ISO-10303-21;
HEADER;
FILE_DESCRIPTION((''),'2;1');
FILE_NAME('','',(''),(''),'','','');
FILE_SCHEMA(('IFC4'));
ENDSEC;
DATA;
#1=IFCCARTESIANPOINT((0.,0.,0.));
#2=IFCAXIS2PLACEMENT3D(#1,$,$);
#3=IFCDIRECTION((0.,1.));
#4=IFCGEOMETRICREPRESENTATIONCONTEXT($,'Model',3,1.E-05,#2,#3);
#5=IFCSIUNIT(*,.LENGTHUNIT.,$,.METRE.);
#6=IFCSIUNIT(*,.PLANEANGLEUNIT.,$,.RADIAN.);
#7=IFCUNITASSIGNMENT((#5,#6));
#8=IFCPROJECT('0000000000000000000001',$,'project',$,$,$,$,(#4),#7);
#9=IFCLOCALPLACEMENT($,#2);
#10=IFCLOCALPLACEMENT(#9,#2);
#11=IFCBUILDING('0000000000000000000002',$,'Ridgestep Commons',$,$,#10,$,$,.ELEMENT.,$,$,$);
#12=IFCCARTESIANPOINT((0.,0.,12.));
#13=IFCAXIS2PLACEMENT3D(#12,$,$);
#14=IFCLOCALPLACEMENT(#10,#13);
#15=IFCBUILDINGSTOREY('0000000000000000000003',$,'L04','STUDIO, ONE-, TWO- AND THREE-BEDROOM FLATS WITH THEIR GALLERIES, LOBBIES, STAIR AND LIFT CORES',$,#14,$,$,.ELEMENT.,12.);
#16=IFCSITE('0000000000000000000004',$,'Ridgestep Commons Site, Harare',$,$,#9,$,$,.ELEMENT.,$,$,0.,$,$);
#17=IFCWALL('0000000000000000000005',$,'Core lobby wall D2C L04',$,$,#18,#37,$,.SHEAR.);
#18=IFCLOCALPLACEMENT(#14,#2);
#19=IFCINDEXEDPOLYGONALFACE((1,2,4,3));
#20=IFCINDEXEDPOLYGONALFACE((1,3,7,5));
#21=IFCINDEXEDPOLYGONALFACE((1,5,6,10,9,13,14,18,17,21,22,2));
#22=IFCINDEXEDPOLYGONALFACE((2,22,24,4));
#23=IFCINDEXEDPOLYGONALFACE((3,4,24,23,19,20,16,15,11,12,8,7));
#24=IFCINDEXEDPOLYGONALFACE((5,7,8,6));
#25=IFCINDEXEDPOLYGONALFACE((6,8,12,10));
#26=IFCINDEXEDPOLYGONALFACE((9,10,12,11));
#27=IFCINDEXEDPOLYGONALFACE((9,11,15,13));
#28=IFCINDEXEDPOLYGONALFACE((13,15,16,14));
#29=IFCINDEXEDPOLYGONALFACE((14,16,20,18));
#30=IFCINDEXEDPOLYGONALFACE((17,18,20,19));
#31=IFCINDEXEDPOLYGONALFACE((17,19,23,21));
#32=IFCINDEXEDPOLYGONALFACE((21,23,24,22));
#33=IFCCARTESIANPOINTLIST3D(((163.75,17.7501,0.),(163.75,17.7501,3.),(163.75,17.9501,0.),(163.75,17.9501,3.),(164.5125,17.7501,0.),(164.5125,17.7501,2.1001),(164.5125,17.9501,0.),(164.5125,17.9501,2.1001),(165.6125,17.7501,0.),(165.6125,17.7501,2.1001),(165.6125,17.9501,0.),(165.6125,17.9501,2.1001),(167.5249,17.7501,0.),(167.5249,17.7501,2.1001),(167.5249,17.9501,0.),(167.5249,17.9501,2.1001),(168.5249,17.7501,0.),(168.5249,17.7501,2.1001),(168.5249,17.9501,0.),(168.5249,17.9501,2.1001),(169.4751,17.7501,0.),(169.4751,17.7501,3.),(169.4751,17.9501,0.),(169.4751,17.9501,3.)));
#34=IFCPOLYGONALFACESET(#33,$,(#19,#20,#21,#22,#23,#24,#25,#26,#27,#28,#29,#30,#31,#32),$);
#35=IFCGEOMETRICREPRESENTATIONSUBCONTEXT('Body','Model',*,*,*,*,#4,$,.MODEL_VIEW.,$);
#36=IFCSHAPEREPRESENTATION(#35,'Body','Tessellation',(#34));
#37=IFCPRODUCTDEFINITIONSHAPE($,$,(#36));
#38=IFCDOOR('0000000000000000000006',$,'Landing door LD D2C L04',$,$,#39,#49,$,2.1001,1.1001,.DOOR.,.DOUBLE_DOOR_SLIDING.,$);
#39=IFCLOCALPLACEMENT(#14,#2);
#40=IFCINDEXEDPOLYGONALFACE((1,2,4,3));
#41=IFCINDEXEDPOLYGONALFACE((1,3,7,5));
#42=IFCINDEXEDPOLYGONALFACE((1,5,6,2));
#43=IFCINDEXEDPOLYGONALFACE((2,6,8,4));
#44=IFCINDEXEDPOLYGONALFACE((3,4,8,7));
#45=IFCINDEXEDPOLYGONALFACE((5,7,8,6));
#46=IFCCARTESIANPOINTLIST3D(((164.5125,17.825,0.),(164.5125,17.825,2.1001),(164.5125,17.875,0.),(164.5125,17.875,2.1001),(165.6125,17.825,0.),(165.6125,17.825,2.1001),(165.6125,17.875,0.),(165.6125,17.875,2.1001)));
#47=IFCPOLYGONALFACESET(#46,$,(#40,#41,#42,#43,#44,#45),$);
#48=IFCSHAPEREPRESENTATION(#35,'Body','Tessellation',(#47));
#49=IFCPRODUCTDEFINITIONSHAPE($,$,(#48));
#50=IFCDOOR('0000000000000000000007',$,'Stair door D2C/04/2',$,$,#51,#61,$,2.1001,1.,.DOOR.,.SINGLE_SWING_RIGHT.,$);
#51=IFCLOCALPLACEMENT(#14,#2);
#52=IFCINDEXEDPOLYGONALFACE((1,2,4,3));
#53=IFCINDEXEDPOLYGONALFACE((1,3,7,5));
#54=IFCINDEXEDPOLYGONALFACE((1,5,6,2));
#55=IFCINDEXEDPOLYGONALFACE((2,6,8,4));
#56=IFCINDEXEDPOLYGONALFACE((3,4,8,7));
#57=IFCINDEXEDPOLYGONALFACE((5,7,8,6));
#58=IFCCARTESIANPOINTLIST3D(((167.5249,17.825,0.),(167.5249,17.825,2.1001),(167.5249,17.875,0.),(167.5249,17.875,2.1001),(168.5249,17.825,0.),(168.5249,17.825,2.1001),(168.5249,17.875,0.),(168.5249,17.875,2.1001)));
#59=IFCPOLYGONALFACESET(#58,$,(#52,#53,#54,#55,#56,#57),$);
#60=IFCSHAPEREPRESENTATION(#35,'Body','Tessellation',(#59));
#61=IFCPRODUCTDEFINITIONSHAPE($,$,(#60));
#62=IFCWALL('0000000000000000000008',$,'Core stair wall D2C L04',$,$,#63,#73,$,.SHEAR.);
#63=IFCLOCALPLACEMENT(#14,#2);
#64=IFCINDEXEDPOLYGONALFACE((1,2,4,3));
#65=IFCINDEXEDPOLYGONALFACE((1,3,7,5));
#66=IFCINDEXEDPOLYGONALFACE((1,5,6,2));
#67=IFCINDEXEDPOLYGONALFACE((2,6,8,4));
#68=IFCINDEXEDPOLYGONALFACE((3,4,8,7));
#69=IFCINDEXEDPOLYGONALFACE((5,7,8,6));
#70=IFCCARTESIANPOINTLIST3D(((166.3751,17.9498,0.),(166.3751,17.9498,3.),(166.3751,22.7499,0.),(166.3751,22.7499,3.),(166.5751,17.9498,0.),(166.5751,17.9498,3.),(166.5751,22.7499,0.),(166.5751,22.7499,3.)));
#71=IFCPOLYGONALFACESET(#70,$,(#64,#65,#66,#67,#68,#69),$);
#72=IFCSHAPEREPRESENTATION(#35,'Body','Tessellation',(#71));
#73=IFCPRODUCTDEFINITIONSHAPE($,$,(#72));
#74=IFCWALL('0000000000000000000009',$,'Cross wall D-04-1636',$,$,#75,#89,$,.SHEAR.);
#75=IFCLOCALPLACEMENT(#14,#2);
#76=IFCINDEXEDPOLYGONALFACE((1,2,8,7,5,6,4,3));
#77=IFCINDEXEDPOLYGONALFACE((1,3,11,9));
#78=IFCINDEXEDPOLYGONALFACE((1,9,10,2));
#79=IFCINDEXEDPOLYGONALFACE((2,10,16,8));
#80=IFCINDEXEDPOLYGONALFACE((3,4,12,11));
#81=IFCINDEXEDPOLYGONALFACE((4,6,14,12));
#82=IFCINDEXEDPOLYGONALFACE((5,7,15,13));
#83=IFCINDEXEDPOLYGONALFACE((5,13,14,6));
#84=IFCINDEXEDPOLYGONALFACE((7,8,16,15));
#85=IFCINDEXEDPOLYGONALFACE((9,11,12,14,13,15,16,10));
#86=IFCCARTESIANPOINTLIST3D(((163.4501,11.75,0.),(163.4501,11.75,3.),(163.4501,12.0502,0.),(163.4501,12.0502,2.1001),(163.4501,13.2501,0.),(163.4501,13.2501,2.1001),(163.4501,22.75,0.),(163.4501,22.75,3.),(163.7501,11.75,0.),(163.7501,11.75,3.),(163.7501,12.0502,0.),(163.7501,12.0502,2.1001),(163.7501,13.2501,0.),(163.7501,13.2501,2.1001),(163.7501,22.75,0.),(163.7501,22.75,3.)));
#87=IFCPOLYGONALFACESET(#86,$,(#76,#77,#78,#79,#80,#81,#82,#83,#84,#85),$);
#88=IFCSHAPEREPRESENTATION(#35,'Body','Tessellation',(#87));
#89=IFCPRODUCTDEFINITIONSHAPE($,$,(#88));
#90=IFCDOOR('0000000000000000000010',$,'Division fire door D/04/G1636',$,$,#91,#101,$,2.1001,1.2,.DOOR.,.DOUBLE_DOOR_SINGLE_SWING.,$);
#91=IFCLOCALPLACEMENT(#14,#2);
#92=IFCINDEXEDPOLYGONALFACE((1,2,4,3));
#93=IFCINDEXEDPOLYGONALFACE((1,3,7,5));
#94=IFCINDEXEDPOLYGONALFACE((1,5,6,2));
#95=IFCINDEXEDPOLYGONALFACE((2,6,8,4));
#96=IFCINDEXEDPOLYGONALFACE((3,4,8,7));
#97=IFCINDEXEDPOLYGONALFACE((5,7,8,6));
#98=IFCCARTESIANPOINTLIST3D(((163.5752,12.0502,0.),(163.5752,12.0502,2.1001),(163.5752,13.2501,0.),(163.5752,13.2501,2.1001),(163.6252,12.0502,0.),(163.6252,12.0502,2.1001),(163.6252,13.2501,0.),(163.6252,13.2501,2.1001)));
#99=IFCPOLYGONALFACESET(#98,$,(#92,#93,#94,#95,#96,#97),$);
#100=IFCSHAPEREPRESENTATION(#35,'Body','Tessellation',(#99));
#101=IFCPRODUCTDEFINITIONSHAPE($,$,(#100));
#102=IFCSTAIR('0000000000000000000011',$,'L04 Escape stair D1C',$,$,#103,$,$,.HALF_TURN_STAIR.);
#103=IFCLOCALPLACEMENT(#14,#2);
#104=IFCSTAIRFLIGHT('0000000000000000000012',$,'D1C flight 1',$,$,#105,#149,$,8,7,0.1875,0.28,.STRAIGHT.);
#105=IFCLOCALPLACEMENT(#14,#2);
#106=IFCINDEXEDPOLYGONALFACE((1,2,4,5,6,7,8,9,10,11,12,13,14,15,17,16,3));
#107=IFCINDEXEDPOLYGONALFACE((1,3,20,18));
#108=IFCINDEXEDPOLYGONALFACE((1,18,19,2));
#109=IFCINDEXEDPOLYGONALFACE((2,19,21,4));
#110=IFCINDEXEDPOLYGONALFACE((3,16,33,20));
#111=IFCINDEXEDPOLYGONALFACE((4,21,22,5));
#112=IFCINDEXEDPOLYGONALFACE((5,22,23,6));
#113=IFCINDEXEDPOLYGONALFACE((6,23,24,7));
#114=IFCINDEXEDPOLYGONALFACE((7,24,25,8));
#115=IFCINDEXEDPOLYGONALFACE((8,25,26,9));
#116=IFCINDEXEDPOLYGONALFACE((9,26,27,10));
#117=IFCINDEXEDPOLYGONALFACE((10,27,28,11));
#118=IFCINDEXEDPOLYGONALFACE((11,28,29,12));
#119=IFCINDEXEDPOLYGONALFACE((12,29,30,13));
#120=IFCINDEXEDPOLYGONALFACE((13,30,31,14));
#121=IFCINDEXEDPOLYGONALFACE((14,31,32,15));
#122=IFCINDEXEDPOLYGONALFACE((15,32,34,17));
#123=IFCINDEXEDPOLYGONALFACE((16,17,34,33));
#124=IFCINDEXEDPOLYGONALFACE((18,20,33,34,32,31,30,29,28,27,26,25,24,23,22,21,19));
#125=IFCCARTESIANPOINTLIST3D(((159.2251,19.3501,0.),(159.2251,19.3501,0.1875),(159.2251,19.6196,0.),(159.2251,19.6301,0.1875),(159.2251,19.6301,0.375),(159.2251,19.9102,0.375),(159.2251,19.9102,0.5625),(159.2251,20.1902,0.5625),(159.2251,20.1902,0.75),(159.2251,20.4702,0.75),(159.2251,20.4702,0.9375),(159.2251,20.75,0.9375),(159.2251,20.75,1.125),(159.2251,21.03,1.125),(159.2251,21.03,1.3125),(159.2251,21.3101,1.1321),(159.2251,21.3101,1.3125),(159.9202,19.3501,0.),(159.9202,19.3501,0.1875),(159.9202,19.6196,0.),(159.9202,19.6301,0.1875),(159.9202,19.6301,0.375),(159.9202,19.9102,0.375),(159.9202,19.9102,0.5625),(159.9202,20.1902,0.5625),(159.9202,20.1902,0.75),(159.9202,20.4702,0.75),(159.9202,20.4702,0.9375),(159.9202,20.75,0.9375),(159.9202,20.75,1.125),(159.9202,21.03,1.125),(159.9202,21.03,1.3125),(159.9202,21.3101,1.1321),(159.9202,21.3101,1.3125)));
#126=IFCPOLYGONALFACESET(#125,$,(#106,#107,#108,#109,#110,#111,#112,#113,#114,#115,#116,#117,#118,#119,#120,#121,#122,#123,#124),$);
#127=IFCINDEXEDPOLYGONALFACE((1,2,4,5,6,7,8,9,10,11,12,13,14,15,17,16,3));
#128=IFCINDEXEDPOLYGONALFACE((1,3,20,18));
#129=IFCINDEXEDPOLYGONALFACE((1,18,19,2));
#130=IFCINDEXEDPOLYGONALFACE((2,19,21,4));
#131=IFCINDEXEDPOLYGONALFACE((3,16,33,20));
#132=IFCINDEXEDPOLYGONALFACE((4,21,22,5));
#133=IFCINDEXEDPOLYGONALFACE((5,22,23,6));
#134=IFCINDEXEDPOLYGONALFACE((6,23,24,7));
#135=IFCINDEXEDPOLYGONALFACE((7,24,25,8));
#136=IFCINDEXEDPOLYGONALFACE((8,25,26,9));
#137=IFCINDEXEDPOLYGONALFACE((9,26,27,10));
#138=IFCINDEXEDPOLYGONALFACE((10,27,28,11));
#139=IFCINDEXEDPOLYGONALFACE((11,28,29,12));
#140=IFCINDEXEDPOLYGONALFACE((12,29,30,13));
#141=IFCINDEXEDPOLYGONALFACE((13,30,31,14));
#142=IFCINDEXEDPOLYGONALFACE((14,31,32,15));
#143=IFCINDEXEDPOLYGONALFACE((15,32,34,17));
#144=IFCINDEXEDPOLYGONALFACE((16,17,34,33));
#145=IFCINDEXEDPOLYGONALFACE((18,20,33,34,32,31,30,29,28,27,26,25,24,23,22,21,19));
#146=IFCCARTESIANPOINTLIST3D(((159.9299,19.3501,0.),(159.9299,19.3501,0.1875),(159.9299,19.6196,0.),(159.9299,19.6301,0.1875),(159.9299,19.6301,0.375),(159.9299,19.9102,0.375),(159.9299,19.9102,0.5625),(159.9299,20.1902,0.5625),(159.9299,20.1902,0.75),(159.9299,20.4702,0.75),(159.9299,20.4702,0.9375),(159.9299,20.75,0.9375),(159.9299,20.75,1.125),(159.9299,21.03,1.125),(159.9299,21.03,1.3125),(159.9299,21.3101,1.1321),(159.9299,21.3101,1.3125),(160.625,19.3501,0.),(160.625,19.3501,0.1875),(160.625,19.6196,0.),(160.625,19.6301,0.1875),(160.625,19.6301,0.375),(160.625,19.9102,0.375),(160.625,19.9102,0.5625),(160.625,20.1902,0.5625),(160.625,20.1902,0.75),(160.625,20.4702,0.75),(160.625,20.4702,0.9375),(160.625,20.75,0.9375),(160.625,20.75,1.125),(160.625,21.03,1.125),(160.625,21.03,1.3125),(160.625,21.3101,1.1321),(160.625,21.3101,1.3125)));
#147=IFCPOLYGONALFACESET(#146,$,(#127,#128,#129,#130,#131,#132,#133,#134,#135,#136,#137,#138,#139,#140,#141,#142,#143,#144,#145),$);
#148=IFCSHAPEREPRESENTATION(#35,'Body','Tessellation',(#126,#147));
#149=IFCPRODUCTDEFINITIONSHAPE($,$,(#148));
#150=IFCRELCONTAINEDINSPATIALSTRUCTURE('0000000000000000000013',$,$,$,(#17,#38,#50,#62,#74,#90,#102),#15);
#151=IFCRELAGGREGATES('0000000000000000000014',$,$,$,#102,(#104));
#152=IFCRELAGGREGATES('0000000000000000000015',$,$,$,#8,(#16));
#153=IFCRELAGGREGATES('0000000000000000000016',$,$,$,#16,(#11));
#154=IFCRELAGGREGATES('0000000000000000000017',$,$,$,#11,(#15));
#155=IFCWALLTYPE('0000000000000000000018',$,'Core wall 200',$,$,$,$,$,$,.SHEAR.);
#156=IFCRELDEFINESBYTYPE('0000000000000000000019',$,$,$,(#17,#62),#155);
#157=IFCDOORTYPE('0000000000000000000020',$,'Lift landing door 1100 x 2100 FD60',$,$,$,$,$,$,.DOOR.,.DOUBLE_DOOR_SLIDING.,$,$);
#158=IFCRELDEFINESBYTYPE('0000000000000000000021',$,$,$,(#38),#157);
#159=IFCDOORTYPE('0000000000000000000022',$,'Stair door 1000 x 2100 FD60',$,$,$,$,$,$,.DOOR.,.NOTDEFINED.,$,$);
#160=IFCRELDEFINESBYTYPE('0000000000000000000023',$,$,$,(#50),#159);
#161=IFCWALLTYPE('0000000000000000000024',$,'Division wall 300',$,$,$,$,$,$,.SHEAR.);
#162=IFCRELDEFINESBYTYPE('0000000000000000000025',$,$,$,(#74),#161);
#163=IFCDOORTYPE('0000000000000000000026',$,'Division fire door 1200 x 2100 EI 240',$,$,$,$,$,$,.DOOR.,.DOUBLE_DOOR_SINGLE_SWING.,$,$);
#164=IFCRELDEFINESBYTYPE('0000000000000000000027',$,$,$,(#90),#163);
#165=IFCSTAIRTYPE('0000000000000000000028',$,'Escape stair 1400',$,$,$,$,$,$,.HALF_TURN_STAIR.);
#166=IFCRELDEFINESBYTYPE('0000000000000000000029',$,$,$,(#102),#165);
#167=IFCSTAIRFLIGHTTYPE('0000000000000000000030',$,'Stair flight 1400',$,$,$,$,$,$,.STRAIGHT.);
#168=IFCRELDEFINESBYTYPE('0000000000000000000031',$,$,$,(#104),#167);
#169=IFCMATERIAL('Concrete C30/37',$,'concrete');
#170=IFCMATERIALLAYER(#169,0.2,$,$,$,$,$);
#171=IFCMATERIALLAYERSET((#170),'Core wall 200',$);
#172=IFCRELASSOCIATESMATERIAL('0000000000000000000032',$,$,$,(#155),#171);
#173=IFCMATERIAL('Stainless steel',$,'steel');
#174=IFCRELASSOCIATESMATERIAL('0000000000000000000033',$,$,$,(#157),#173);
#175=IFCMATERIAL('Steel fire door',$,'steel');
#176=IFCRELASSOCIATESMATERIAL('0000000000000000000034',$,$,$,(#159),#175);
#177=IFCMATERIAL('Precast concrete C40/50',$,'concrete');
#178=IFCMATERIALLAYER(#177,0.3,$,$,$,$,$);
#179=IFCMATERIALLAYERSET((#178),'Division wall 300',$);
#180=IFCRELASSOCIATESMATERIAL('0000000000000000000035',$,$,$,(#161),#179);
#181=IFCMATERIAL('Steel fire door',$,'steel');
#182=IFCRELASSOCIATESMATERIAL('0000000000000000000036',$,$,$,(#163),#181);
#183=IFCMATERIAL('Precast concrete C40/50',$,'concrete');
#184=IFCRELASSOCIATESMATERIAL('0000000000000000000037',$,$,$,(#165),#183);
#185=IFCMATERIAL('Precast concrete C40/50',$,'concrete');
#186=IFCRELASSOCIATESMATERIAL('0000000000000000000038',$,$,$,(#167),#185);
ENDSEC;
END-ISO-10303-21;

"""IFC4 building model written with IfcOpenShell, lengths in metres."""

from ifc_helpers import new_model, si_unit, direction, frame, frame_2d, origin, place, context, subcontext, project, spatial, polyline, rectangle, outline, extrude, material, layer, layer_set, type_object, element, fill, aggregate, save


model = new_model("IFC4")

# Units and contexts
model_context = context("Model", 3, precision=1e-05, world=origin(), true_north=direction((0.0, 1.0)))
body_context = subcontext(model_context, "Body", "Model", "MODEL_VIEW")
ifc_project = project(units=[si_unit("LENGTHUNIT", "METRE"), si_unit("PLANEANGLEUNIT", "RADIAN")], contexts=[model_context])

# Site, building, storey
site_placement = place(None, origin())
site = spatial("IfcSite", under=ifc_project, at=site_placement, Name="Ridgestep Commons Site, Harare", CompositionType="ELEMENT", RefElevation=0.0)
building_placement = place(site_placement, origin())
building = spatial("IfcBuilding", under=site, at=building_placement, Name="Ridgestep Commons", CompositionType="ELEMENT")
storey_placement = place(building_placement, frame((0.0, 0.0, 12.0)))
storey = spatial("IfcBuildingStorey", under=building, at=storey_placement, Name="L04", Description="STUDIO, ONE-, TWO- AND THREE-BEDROOM FLATS WITH THEIR GALLERIES, LOBBIES, STAIR AND LIFT CORES", CompositionType="ELEMENT", Elevation=12.0)

# Shared definitions
ifc_material_1 = material(Name="Concrete C30/37", Category="concrete")
ifc_layer_1 = layer(ifc_material_1, 0.2)
ifc_layer_set_1 = layer_set([ifc_layer_1], Name="Core wall 200")
wall_type_1 = type_object("IfcWallType", Name="Core wall 200", PredefinedType="SHEAR", material=ifc_layer_set_1)

# Wall, openings, doors
wall_1_placement = place(storey_placement, frame((163.75, 17.8501, 0.0), z_axis=(0.0, 0.0, 1.0), x_axis=(1.0, 0.0, 0.0)))
wall_1 = element("IfcWall", 1, at=wall_1_placement, inside=storey, type_object=wall_type_1, Name="Core lobby wall D2C L04", PredefinedType="SHEAR", context=body_context, shape_type="SweptSolid", body=[
    extrude(rectangle(XDim=5.7251, YDim=0.2, at=frame_2d((2.8625, 0.0))), origin(), (0.0, 0.0, 1.0), 3.0),
])
opening_1_placement = place(wall_1_placement, frame((3.7749, 0.0, 0.0)))
opening_1 = element("IfcOpeningElement", 2, at=opening_1_placement, cuts=wall_1, PredefinedType="OPENING", context=body_context, shape_type="SweptSolid", body=[
    extrude(rectangle(XDim=1.0, YDim=2.1001, at=frame_2d((0.5, 1.05))), frame((0.0, 0.1099, 0.0), z_axis=(0.0, -1.0, 0.0), x_axis=(1.0, 0.0, 0.0)), (0.0, 0.0, 1.0), 0.22),
])
opening_2_placement = place(wall_1_placement, frame((0.7625, 0.0, 0.0)))
opening_2 = element("IfcOpeningElement", 3, at=opening_2_placement, cuts=wall_1, PredefinedType="OPENING", context=body_context, shape_type="SweptSolid", body=[
    extrude(rectangle(XDim=1.1001, YDim=2.1001, at=frame_2d((0.55, 1.05))), frame((0.0, 0.1099, 0.0), z_axis=(0.0, -1.0, 0.0), x_axis=(1.0, 0.0, 0.0)), (0.0, 0.0, 1.0), 0.22),
])
ifc_material_2 = material(Name="Stainless steel", Category="steel")
door_type_1 = type_object("IfcDoorType", Name="Lift landing door 1100 x 2100 FD60", OperationType="DOUBLE_DOOR_SLIDING", PredefinedType="DOOR", material=ifc_material_2)
door_1_placement = place(opening_2_placement, origin())
door_1 = element("IfcDoor", 4, at=door_1_placement, inside=storey, type_object=door_type_1, Name="Landing door LD D2C L04", OperationType="DOUBLE_DOOR_SLIDING", OverallHeight=2.1001, OverallWidth=1.1001, PredefinedType="DOOR", context=body_context, shape_type="SweptSolid", body=[
    extrude(rectangle(XDim=1.1001, YDim=2.1001, at=frame_2d((0.55, 1.05))), frame((0.0, 0.0249, 0.0), z_axis=(0.0, -1.0, 0.0), x_axis=(1.0, 0.0, 0.0)), (0.0, 0.0, 1.0), 0.05),
])
fill(opening_2, door_1)
ifc_material_3 = material(Name="Steel fire door", Category="steel")
door_type_2 = type_object("IfcDoorType", Name="Stair door 1000 x 2100 FD60", OperationType="NOTDEFINED", PredefinedType="DOOR", material=ifc_material_3)
door_2_placement = place(opening_1_placement, origin())
door_2 = element("IfcDoor", 5, at=door_2_placement, inside=storey, type_object=door_type_2, Name="Stair door D2C/04/2", OperationType="SINGLE_SWING_RIGHT", OverallHeight=2.1001, OverallWidth=1.0, PredefinedType="DOOR", context=body_context, shape_type="SweptSolid", body=[
    extrude(rectangle(XDim=1.0, YDim=2.1001, at=frame_2d((0.5, 1.05))), frame((0.0, 0.0249, 0.0), z_axis=(0.0, -1.0, 0.0), x_axis=(1.0, 0.0, 0.0)), (0.0, 0.0, 1.0), 0.05),
])
fill(opening_1, door_2)

# Wall
wall_2_placement = place(storey_placement, frame((166.4751, 17.95, 0.0), z_axis=(0.0, 0.0, 1.0), x_axis=(0.0, 1.0, 0.0)))
element("IfcWall", 6, at=wall_2_placement, inside=storey, type_object=wall_type_1, Name="Core stair wall D2C L04", PredefinedType="SHEAR", context=body_context, shape_type="SweptSolid", body=[
    extrude(rectangle(XDim=4.8, YDim=0.2, at=frame_2d((2.3999, 0.0))), origin(), (0.0, 0.0, 1.0), 3.0),
])

# Wall, opening, door
ifc_material_4 = material(Name="Precast concrete C40/50", Category="concrete")
ifc_layer_2 = layer(ifc_material_4, 0.3)
ifc_layer_set_2 = layer_set([ifc_layer_2], Name="Division wall 300")
wall_type_2 = type_object("IfcWallType", Name="Division wall 300", PredefinedType="SHEAR", material=ifc_layer_set_2)
wall_3_placement = place(storey_placement, frame((163.6001, 11.75, 0.0), z_axis=(0.0, 0.0, 1.0), x_axis=(0.0, 1.0, 0.0)))
wall_3 = element("IfcWall", 7, at=wall_3_placement, inside=storey, type_object=wall_type_2, Name="Cross wall D-04-1636", PredefinedType="SHEAR", context=body_context, shape_type="SweptSolid", body=[
    extrude(rectangle(XDim=11.0, YDim=0.3, at=frame_2d((5.5, 0.0))), origin(), (0.0, 0.0, 1.0), 3.0),
])
opening_3_placement = place(wall_3_placement, frame((0.3, 0.0, 0.0)))
opening_3 = element("IfcOpeningElement", 8, at=opening_3_placement, cuts=wall_3, PredefinedType="OPENING", context=body_context, shape_type="SweptSolid", body=[
    extrude(rectangle(XDim=1.2, YDim=2.1001, at=frame_2d((0.6001, 1.05))), frame((0.0, 0.1599, 0.0), z_axis=(0.0, -1.0, 0.0), x_axis=(1.0, 0.0, 0.0)), (0.0, 0.0, 1.0), 0.3201),
])
ifc_material_5 = material(Name="Steel fire door", Category="steel")
door_type_3 = type_object("IfcDoorType", Name="Division fire door 1200 x 2100 EI 240", OperationType="DOUBLE_DOOR_SINGLE_SWING", PredefinedType="DOOR", material=ifc_material_5)
door_3_placement = place(opening_3_placement, origin())
door_3 = element("IfcDoor", 9, at=door_3_placement, inside=storey, type_object=door_type_3, Name="Division fire door D/04/G1636", OperationType="DOUBLE_DOOR_SINGLE_SWING", OverallHeight=2.1001, OverallWidth=1.2, PredefinedType="DOOR", context=body_context, shape_type="SweptSolid", body=[
    extrude(rectangle(XDim=1.2, YDim=2.1001, at=frame_2d((0.6001, 1.05))), frame((0.0, 0.0249, 0.0), z_axis=(0.0, -1.0, 0.0), x_axis=(1.0, 0.0, 0.0)), (0.0, 0.0, 1.0), 0.05),
])
fill(opening_3, door_3)

# Stair, stair flight
ifc_material_6 = material(Name="Precast concrete C40/50", Category="concrete")
stair_type = type_object("IfcStairType", Name="Escape stair 1400", PredefinedType="HALF_TURN_STAIR", material=ifc_material_6)
stair_placement = place(storey_placement, origin())
stair = element("IfcStair", 10, at=stair_placement, inside=storey, type_object=stair_type, Name="L04 Escape stair D1C", PredefinedType="HALF_TURN_STAIR")
ifc_material_7 = material(Name="Precast concrete C40/50", Category="concrete")
stair_flight_type = type_object("IfcStairFlightType", Name="Stair flight 1400", PredefinedType="STRAIGHT", material=ifc_material_7)
stair_flight_placement = place(storey_placement, frame((159.925, 19.3501, 0.0), z_axis=(0.0, 0.0, 1.0), x_axis=(0.0, 1.0, 0.0)))
stair_flight = element("IfcStairFlight", 11, at=stair_flight_placement, type_object=stair_flight_type, Name="D1C flight 1", NumberOfRisers=8, NumberOfTreads=7, PredefinedType="STRAIGHT", RiserHeight=0.1875, TreadLength=0.28, context=body_context, shape_type="SweptSolid", body=[
    extrude(outline(polyline([(0.0, 0.0), (0.0, 0.1875), (0.28, 0.1875), (0.28, 0.375), (0.5601, 0.375), (0.5601, 0.5625), (0.8401, 0.5625), (0.8401, 0.75), (1.1201, 0.75), (1.1201, 0.9375), (1.3999, 0.9375), (1.3999, 1.125), (1.6799, 1.125), (1.6799, 1.3125), (1.96, 1.3125), (1.96, 1.5), (1.96, 1.1321), (0.2695, 0.0), (0.0, 0.0)])), frame((0.0, 0.7, 0.0), z_axis=(0.0, -1.0, 0.0), x_axis=(1.0, 0.0, 0.0)), (0.0, 0.0, 1.0), 0.6951),
    extrude(outline(polyline([(0.0, 0.0), (0.0, 0.1875), (0.28, 0.1875), (0.28, 0.375), (0.5601, 0.375), (0.5601, 0.5625), (0.8401, 0.5625), (0.8401, 0.75), (1.1201, 0.75), (1.1201, 0.9375), (1.3999, 0.9375), (1.3999, 1.125), (1.6799, 1.125), (1.6799, 1.3125), (1.96, 1.3125), (1.96, 1.5), (1.96, 1.1321), (0.2695, 0.0), (0.0, 0.0)])), frame((0.0, -0.0049, 0.0), z_axis=(0.0, -1.0, 0.0), x_axis=(1.0, 0.0, 0.0)), (0.0, 0.0, 1.0), 0.6951),
])
aggregate(stair, [stair_flight])

save(model, "model.ifc")
